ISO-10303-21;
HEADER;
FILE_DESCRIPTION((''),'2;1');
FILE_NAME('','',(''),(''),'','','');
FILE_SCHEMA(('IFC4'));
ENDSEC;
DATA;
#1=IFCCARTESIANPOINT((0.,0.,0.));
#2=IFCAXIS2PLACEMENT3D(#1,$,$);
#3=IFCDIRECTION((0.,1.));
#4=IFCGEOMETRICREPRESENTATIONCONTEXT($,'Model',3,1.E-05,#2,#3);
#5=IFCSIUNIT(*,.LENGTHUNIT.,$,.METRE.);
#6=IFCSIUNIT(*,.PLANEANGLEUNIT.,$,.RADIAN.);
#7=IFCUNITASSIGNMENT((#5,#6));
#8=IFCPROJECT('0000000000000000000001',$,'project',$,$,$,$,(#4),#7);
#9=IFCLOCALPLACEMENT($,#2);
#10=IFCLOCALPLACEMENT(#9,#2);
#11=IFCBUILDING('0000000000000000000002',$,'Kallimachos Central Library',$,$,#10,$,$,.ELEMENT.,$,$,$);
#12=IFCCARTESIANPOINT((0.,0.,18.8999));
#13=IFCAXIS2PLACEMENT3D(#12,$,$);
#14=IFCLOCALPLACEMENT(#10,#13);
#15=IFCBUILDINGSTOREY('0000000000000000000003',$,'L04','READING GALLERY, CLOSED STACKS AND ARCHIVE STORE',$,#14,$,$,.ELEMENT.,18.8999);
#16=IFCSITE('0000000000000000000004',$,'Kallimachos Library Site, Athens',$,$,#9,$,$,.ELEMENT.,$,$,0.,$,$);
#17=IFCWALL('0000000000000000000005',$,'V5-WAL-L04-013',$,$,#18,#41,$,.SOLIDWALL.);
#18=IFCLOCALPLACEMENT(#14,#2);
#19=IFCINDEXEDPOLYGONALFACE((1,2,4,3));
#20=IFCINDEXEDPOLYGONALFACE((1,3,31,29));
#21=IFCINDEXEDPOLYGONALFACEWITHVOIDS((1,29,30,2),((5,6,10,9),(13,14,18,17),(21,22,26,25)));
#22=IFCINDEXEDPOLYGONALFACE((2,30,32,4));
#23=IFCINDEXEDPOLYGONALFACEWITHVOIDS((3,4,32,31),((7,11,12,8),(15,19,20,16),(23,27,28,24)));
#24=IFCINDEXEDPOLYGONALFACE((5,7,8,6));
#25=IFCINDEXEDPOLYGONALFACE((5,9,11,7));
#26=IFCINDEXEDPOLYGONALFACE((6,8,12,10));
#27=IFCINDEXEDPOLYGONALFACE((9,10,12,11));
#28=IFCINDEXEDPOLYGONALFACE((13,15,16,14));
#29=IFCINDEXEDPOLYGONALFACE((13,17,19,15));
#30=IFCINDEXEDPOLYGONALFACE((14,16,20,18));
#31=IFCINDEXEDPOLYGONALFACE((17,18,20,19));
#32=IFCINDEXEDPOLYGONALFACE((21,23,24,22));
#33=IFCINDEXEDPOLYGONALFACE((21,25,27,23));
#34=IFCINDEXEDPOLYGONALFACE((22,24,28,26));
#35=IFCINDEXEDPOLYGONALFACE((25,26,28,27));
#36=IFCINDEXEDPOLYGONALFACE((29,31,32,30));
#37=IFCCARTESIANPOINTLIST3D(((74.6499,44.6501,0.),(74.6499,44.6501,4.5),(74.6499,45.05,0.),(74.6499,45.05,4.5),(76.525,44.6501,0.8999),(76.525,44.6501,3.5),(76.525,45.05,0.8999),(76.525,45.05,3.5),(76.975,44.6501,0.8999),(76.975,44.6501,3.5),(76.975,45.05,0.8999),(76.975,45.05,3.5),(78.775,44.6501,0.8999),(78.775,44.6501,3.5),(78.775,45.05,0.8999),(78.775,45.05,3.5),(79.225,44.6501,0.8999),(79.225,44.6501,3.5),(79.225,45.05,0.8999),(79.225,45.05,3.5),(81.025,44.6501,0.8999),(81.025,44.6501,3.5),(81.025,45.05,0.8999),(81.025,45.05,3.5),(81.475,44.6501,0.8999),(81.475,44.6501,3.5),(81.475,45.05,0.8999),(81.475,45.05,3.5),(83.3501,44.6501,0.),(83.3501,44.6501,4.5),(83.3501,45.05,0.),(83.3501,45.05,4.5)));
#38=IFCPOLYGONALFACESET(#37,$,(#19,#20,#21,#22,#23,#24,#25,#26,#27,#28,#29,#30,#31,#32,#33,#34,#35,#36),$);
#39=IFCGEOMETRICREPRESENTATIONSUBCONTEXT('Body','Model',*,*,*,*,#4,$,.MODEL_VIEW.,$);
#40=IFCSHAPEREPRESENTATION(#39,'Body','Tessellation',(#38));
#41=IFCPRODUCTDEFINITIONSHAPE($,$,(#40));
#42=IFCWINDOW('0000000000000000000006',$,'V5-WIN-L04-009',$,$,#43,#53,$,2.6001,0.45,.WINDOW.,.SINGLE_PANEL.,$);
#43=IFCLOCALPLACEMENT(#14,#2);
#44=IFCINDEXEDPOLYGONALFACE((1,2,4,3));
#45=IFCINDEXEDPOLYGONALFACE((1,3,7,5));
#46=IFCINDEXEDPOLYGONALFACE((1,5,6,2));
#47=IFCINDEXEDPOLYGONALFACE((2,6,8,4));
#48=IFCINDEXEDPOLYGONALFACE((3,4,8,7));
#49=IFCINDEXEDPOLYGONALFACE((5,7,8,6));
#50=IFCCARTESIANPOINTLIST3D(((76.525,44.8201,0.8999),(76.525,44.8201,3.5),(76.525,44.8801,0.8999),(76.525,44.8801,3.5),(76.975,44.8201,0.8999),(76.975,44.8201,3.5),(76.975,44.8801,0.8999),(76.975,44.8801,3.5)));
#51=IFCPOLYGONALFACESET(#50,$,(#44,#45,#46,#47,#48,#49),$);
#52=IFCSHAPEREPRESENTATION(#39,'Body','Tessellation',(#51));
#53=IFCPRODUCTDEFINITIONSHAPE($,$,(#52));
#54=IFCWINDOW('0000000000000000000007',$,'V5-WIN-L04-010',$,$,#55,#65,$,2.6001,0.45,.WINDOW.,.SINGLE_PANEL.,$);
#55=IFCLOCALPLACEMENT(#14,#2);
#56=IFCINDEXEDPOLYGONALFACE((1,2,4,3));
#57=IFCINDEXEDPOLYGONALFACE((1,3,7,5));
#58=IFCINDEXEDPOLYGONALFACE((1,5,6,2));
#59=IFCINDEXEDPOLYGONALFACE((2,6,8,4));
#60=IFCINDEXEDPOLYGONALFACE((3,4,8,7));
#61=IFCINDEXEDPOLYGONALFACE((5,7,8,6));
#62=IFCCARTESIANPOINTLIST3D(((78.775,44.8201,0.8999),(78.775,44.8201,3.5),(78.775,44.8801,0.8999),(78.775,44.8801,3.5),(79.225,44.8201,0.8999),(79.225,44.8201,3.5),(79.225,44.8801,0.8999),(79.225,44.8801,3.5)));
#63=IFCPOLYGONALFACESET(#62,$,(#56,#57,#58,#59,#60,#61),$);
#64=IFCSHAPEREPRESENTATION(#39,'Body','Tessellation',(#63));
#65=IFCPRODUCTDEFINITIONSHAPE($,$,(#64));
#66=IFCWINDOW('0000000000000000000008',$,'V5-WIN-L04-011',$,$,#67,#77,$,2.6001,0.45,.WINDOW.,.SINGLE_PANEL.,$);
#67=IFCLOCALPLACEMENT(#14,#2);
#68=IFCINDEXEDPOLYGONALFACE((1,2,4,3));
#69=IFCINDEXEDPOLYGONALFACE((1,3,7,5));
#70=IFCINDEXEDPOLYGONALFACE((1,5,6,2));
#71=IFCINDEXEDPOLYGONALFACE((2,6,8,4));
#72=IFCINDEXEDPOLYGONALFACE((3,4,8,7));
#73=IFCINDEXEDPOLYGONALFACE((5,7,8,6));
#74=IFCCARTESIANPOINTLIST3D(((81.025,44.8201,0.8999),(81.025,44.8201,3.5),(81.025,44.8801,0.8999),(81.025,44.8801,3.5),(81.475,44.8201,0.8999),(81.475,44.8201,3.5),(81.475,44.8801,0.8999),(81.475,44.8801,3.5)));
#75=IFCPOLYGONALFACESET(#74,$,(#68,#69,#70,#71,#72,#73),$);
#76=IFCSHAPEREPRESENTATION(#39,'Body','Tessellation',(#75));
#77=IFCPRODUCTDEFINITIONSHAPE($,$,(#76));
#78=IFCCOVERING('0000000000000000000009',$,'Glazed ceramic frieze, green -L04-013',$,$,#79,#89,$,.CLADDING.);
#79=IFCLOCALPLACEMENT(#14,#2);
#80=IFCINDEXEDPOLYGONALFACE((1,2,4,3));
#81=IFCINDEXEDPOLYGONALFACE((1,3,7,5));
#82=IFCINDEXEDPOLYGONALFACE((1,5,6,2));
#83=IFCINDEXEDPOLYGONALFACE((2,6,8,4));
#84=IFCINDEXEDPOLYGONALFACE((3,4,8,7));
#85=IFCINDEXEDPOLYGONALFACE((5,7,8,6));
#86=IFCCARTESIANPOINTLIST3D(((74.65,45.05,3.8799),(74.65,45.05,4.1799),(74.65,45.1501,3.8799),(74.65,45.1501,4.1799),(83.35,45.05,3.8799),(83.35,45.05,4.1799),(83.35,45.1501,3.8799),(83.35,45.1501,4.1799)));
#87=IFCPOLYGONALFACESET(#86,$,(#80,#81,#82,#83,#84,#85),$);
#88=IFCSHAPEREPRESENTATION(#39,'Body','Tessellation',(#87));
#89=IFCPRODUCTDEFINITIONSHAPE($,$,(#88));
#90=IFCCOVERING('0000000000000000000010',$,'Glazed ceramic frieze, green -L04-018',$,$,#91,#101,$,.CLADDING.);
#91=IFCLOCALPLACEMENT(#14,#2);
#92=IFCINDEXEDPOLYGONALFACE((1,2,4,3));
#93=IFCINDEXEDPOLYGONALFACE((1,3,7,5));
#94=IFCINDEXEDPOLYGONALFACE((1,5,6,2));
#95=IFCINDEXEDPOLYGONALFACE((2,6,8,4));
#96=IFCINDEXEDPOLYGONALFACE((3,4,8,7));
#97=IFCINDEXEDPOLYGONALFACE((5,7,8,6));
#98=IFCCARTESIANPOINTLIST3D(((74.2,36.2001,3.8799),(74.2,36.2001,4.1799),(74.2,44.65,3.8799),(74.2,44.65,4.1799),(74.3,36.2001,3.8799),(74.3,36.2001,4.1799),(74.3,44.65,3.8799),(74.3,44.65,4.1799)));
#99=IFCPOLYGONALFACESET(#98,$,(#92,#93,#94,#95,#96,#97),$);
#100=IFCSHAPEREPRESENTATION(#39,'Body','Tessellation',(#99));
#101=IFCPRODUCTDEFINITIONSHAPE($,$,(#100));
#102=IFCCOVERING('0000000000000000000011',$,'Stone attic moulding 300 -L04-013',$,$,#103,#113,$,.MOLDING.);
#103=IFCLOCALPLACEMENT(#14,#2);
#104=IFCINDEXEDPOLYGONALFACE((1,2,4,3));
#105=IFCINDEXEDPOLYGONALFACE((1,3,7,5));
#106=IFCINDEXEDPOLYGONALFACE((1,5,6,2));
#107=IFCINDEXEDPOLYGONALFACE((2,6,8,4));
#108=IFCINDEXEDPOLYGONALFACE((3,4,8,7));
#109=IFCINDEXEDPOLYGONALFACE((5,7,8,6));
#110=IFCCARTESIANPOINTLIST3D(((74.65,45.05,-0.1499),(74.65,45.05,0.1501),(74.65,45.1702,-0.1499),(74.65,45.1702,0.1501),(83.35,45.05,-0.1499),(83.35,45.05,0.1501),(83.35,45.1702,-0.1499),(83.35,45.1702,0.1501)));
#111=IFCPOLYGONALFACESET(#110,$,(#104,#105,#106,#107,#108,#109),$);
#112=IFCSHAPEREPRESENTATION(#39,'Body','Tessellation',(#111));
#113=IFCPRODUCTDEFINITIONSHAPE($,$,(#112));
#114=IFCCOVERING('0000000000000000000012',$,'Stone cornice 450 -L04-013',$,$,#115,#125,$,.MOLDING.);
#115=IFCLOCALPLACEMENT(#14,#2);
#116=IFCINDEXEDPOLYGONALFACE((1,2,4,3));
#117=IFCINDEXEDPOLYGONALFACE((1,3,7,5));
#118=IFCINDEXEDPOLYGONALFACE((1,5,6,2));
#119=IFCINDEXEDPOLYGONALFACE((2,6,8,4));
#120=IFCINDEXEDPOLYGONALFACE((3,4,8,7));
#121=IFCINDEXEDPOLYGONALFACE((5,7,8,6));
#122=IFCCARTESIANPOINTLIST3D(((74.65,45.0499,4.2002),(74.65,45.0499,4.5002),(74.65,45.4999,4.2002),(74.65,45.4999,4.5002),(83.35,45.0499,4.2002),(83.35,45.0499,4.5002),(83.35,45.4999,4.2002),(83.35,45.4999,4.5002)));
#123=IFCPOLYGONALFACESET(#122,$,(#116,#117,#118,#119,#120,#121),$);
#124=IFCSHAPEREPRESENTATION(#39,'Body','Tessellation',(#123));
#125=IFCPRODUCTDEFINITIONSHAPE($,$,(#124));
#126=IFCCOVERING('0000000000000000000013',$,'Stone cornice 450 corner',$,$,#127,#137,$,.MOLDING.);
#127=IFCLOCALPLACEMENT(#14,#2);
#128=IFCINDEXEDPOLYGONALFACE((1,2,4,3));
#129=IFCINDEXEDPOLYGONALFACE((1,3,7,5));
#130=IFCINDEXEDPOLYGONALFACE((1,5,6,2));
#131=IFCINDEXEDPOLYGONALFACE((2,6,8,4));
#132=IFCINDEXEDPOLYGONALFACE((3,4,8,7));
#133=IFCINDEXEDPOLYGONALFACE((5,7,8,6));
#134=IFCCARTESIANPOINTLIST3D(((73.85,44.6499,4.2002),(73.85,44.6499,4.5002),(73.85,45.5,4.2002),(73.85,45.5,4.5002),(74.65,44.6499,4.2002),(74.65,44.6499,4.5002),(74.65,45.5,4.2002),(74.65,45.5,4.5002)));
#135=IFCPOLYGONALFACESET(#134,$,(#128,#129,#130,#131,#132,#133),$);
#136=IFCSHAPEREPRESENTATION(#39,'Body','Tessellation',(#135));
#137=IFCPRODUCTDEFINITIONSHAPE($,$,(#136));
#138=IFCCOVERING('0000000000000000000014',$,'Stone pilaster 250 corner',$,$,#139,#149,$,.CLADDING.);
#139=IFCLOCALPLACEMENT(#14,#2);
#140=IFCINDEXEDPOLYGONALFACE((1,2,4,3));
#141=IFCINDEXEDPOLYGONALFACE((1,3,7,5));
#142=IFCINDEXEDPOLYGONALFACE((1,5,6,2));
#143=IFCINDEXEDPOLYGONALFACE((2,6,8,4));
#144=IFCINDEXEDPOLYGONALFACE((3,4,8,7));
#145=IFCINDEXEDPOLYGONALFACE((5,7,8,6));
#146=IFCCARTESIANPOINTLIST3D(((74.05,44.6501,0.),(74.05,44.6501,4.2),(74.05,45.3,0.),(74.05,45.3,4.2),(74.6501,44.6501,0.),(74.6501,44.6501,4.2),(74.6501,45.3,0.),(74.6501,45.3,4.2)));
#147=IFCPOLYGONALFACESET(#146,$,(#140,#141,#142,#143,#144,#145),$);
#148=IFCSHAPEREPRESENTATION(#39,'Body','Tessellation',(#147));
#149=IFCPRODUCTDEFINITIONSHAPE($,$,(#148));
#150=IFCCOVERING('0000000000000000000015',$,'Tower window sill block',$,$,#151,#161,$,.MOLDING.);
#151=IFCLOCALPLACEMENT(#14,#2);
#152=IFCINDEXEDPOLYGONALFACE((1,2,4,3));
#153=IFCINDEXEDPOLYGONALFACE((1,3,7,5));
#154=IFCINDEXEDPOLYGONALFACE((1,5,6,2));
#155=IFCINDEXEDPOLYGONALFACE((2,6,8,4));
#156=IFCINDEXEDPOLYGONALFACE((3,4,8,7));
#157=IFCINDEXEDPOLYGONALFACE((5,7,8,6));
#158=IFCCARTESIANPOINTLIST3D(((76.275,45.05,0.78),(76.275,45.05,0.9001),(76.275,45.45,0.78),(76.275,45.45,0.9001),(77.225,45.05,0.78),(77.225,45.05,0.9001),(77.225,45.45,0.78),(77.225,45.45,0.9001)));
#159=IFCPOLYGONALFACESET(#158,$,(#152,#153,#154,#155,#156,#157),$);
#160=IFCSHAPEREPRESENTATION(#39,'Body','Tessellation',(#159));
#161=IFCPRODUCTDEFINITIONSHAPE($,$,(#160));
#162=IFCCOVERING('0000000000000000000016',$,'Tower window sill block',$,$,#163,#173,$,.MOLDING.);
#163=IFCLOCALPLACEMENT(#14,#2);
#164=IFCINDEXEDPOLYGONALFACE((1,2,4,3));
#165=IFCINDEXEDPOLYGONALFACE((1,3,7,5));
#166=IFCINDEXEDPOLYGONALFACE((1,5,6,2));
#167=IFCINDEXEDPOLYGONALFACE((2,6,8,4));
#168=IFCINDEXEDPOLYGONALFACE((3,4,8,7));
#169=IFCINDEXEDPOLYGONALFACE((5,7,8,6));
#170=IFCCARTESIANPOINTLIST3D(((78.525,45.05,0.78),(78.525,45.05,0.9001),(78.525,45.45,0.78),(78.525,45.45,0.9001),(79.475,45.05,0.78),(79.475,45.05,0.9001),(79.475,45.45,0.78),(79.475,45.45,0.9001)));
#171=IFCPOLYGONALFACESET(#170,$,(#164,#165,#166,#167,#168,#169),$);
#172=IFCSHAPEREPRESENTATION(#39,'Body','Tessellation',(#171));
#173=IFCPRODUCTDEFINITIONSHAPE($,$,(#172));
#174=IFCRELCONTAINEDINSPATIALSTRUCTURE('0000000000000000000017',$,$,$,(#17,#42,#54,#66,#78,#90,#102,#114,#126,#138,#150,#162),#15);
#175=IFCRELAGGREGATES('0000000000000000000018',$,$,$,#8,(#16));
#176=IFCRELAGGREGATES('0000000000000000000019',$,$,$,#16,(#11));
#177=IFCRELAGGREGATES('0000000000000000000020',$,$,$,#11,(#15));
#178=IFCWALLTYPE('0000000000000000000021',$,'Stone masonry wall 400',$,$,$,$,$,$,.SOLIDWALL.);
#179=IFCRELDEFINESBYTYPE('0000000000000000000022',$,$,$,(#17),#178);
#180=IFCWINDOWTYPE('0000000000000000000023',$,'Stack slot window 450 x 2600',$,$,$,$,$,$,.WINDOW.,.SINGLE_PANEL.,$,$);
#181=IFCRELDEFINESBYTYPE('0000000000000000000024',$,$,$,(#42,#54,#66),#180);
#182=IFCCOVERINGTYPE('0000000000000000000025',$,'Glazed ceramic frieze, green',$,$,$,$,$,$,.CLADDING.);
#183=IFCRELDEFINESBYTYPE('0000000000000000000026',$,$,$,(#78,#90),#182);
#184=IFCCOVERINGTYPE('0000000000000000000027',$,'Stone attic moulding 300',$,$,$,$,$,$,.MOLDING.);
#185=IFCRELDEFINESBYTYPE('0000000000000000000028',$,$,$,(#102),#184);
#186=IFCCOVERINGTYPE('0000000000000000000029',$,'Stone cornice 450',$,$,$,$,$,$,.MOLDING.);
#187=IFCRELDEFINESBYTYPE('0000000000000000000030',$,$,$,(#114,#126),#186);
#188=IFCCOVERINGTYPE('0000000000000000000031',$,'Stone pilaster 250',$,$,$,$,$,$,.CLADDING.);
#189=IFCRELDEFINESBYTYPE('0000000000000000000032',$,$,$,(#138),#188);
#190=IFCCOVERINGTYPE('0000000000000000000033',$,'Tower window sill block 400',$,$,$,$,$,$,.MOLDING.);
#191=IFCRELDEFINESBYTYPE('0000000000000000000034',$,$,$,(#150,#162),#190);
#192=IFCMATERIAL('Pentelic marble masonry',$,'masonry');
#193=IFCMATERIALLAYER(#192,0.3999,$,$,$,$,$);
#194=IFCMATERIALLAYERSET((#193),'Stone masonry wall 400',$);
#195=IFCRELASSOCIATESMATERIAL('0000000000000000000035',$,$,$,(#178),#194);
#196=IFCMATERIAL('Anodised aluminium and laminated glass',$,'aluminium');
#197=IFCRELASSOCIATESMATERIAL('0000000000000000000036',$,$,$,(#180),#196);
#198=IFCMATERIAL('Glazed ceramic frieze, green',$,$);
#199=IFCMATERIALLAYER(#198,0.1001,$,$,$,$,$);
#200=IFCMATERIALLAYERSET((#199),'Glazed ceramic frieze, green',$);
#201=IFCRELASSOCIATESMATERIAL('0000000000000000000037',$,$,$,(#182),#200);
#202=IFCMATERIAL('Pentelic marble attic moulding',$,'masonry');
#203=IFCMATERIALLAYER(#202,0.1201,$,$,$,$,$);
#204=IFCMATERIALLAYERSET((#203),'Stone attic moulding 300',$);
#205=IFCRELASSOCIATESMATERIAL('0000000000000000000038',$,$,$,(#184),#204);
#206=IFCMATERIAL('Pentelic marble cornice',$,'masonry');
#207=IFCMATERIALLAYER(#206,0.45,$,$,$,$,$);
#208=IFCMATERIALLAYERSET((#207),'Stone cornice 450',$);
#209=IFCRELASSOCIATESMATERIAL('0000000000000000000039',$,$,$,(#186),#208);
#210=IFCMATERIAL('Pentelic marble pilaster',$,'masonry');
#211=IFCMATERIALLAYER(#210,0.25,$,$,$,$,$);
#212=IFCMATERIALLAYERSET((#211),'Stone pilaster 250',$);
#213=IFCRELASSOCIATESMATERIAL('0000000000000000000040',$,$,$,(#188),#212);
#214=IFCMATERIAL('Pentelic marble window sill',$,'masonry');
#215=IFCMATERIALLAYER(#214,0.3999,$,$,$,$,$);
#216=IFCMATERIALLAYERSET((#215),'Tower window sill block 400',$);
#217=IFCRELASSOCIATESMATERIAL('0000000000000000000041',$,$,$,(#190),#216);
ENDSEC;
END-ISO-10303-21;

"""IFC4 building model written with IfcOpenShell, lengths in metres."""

from ifc_helpers import new_model, si_unit, direction, frame, frame_2d, origin, origin_2d, place, context, subcontext, project, spatial, rectangle, extrude, material, layer, layer_set, type_object, element, fill, save


model = new_model("IFC4")

# Units and contexts
model_context = context("Model", 3, precision=1e-05, world=origin(), true_north=direction((0.0, 1.0)))
body_context = subcontext(model_context, "Body", "Model", "MODEL_VIEW")
ifc_project = project(units=[si_unit("LENGTHUNIT", "METRE"), si_unit("PLANEANGLEUNIT", "RADIAN")], contexts=[model_context])

# Site, building, storey
site_placement = place(None, origin())
site = spatial("IfcSite", under=ifc_project, at=site_placement, Name="Kallimachos Library Site, Athens", CompositionType="ELEMENT", RefElevation=0.0)
building_placement = place(site_placement, origin())
building = spatial("IfcBuilding", under=site, at=building_placement, Name="Kallimachos Central Library", CompositionType="ELEMENT")
storey_placement = place(building_placement, frame((0.0, 0.0, 18.8999)))
storey = spatial("IfcBuildingStorey", under=building, at=storey_placement, Name="L04", Description="READING GALLERY, CLOSED STACKS AND ARCHIVE STORE", CompositionType="ELEMENT", Elevation=18.8999)

# Wall, openings, windows
ifc_material_1 = material(Name="Pentelic marble masonry", Category="masonry")
ifc_layer_1 = layer(ifc_material_1, 0.3999)
ifc_layer_set_1 = layer_set([ifc_layer_1], Name="Stone masonry wall 400")
wall_type = type_object("IfcWallType", Name="Stone masonry wall 400", PredefinedType="SOLIDWALL", material=ifc_layer_set_1)
wall_placement = place(storey_placement, frame((74.6499, 44.8501, 0.0), z_axis=(0.0, 0.0, 1.0), x_axis=(1.0, 0.0, 0.0)))
wall = element("IfcWall", 1, at=wall_placement, inside=storey, type_object=wall_type, Name="V5-WAL-L04-013", PredefinedType="SOLIDWALL", context=body_context, shape_type="SweptSolid", body=[
    extrude(rectangle(XDim=8.7002, YDim=0.3999, at=frame_2d((4.3501, 0.0))), origin(), (0.0, 0.0, 1.0), 4.5),
])
opening_1_placement = place(wall_placement, frame((1.875, 0.0, 0.8999)))
opening_1 = element("IfcOpeningElement", 2, at=opening_1_placement, cuts=wall, PredefinedType="OPENING", context=body_context, shape_type="SweptSolid", body=[
    extrude(rectangle(XDim=0.45, YDim=2.6001, at=frame_2d((0.2251, 1.3))), frame((0.0, 0.21, 0.0), z_axis=(0.0, -1.0, 0.0), x_axis=(1.0, 0.0, 0.0)), (0.0, 0.0, 1.0), 0.4199),
])
opening_2_placement = place(wall_placement, frame((4.125, 0.0, 0.8999)))
opening_2 = element("IfcOpeningElement", 3, at=opening_2_placement, cuts=wall, PredefinedType="OPENING", context=body_context, shape_type="SweptSolid", body=[
    extrude(rectangle(XDim=0.45, YDim=2.6001, at=frame_2d((0.2251, 1.3))), frame((0.0, 0.21, 0.0), z_axis=(0.0, -1.0, 0.0), x_axis=(1.0, 0.0, 0.0)), (0.0, 0.0, 1.0), 0.4199),
])
opening_3_placement = place(wall_placement, frame((6.375, 0.0, 0.8999)))
opening_3 = element("IfcOpeningElement", 4, at=opening_3_placement, cuts=wall, PredefinedType="OPENING", context=body_context, shape_type="SweptSolid", body=[
    extrude(rectangle(XDim=0.45, YDim=2.6001, at=frame_2d((0.2251, 1.3))), frame((0.0, 0.21, 0.0), z_axis=(0.0, -1.0, 0.0), x_axis=(1.0, 0.0, 0.0)), (0.0, 0.0, 1.0), 0.4199),
])
ifc_material_2 = material(Name="Anodised aluminium and laminated glass", Category="aluminium")
window_type = type_object("IfcWindowType", Name="Stack slot window 450 x 2600", PartitioningType="SINGLE_PANEL", PredefinedType="WINDOW", material=ifc_material_2)
window_1_placement = place(opening_1_placement, origin())
window_1 = element("IfcWindow", 5, at=window_1_placement, inside=storey, type_object=window_type, Name="V5-WIN-L04-009", OverallHeight=2.6001, OverallWidth=0.45, PartitioningType="SINGLE_PANEL", PredefinedType="WINDOW", context=body_context, shape_type="SweptSolid", body=[
    extrude(rectangle(XDim=0.45, YDim=2.6001, at=frame_2d((0.2251, 1.3))), frame((0.0, 0.03, 0.0), z_axis=(0.0, -1.0, 0.0), x_axis=(1.0, 0.0, 0.0)), (0.0, 0.0, 1.0), 0.0601),
])
fill(opening_1, window_1)
window_2_placement = place(opening_2_placement, origin())
window_2 = element("IfcWindow", 6, at=window_2_placement, inside=storey, type_object=window_type, Name="V5-WIN-L04-010", OverallHeight=2.6001, OverallWidth=0.45, PartitioningType="SINGLE_PANEL", PredefinedType="WINDOW", context=body_context, shape_type="SweptSolid", body=[
    extrude(rectangle(XDim=0.45, YDim=2.6001, at=frame_2d((0.2251, 1.3))), frame((0.0, 0.03, 0.0), z_axis=(0.0, -1.0, 0.0), x_axis=(1.0, 0.0, 0.0)), (0.0, 0.0, 1.0), 0.0601),
])
fill(opening_2, window_2)
window_3_placement = place(opening_3_placement, origin())
window_3 = element("IfcWindow", 7, at=window_3_placement, inside=storey, type_object=window_type, Name="V5-WIN-L04-011", OverallHeight=2.6001, OverallWidth=0.45, PartitioningType="SINGLE_PANEL", PredefinedType="WINDOW", context=body_context, shape_type="SweptSolid", body=[
    extrude(rectangle(XDim=0.45, YDim=2.6001, at=frame_2d((0.2251, 1.3))), frame((0.0, 0.03, 0.0), z_axis=(0.0, -1.0, 0.0), x_axis=(1.0, 0.0, 0.0)), (0.0, 0.0, 1.0), 0.0601),
])
fill(opening_3, window_3)

# Coverings
ifc_material_3 = material(Name="Glazed ceramic frieze, green")
ifc_layer_2 = layer(ifc_material_3, 0.1001)
ifc_layer_set_2 = layer_set([ifc_layer_2], Name="Glazed ceramic frieze, green")
covering_type_1 = type_object("IfcCoveringType", Name="Glazed ceramic frieze, green", PredefinedType="CLADDING", material=ifc_layer_set_2)
covering_1_placement = place(storey_placement, frame((79.0, 45.1001, 3.8799), z_axis=(0.0, 0.0, 1.0), x_axis=(1.0, 0.0, 0.0)))
element("IfcCovering", 8, at=covering_1_placement, inside=storey, type_object=covering_type_1, Name="Glazed ceramic frieze, green -L04-013", PredefinedType="CLADDING", context=body_context, shape_type="SweptSolid", body=[
    extrude(rectangle(XDim=8.7, YDim=0.1001, at=origin_2d()), origin(), (0.0, 0.0, 1.0), 0.3),
])
covering_2_placement = place(storey_placement, frame((74.25, 40.425, 3.8799), z_axis=(0.0, 0.0, 1.0), x_axis=(1.0, 0.0, 0.0)))
element("IfcCovering", 9, at=covering_2_placement, inside=storey, type_object=covering_type_1, Name="Glazed ceramic frieze, green -L04-018", PredefinedType="CLADDING", context=body_context, shape_type="SweptSolid", body=[
    extrude(rectangle(XDim=0.1001, YDim=8.45, at=origin_2d()), origin(), (0.0, 0.0, 1.0), 0.3),
])
ifc_material_4 = material(Name="Pentelic marble attic moulding", Category="masonry")
ifc_layer_3 = layer(ifc_material_4, 0.1201)
ifc_layer_set_3 = layer_set([ifc_layer_3], Name="Stone attic moulding 300")
covering_type_2 = type_object("IfcCoveringType", Name="Stone attic moulding 300", PredefinedType="MOLDING", material=ifc_layer_set_3)
covering_3_placement = place(storey_placement, frame((79.0, 45.1101, -0.1499), z_axis=(0.0, 0.0, 1.0), x_axis=(1.0, 0.0, 0.0)))
element("IfcCovering", 10, at=covering_3_placement, inside=storey, type_object=covering_type_2, Name="Stone attic moulding 300 -L04-013", PredefinedType="MOLDING", context=body_context, shape_type="SweptSolid", body=[
    extrude(rectangle(XDim=8.7, YDim=0.1201, at=origin_2d()), origin(), (0.0, 0.0, 1.0), 0.3),
])
ifc_material_5 = material(Name="Pentelic marble cornice", Category="masonry")
ifc_layer_4 = layer(ifc_material_5, 0.45)
ifc_layer_set_4 = layer_set([ifc_layer_4], Name="Stone cornice 450")
covering_type_3 = type_object("IfcCoveringType", Name="Stone cornice 450", PredefinedType="MOLDING", material=ifc_layer_set_4)
covering_4_placement = place(storey_placement, frame((79.0, 45.2749, 4.2002), z_axis=(0.0, 0.0, 1.0), x_axis=(1.0, 0.0, 0.0)))
element("IfcCovering", 11, at=covering_4_placement, inside=storey, type_object=covering_type_3, Name="Stone cornice 450 -L04-013", PredefinedType="MOLDING", context=body_context, shape_type="SweptSolid", body=[
    extrude(rectangle(XDim=8.7, YDim=0.45, at=origin_2d()), origin(), (0.0, 0.0, 1.0), 0.3),
])
covering_5_placement = place(storey_placement, frame((74.25, 45.075, 4.2002), z_axis=(0.0, 0.0, 1.0), x_axis=(1.0, 0.0, 0.0)))
element("IfcCovering", 12, at=covering_5_placement, inside=storey, type_object=covering_type_3, Name="Stone cornice 450 corner", PredefinedType="MOLDING", context=body_context, shape_type="SweptSolid", body=[
    extrude(rectangle(XDim=0.8, YDim=0.8501, at=origin_2d()), origin(), (0.0, 0.0, 1.0), 0.3),
])
ifc_material_6 = material(Name="Pentelic marble pilaster", Category="masonry")
ifc_layer_5 = layer(ifc_material_6, 0.25)
ifc_layer_set_5 = layer_set([ifc_layer_5], Name="Stone pilaster 250")
covering_type_4 = type_object("IfcCoveringType", Name="Stone pilaster 250", PredefinedType="CLADDING", material=ifc_layer_set_5)
covering_6_placement = place(storey_placement, frame((74.3501, 44.9751, 0.0), z_axis=(0.0, 0.0, 1.0), x_axis=(1.0, 0.0, 0.0)))
element("IfcCovering", 13, at=covering_6_placement, inside=storey, type_object=covering_type_4, Name="Stone pilaster 250 corner", PredefinedType="CLADDING", context=body_context, shape_type="SweptSolid", body=[
    extrude(rectangle(XDim=0.6001, YDim=0.6499, at=origin_2d()), origin(), (0.0, 0.0, 1.0), 4.2),
])
ifc_material_7 = material(Name="Pentelic marble window sill", Category="masonry")
ifc_layer_6 = layer(ifc_material_7, 0.3999)
ifc_layer_set_6 = layer_set([ifc_layer_6], Name="Tower window sill block 400")
covering_type_5 = type_object("IfcCoveringType", Name="Tower window sill block 400", PredefinedType="MOLDING", material=ifc_layer_set_6)
for number, where, z_axis, x_axis, name in (
    (14, (76.75, 45.25, 0.78), (0.0, 0.0, 1.0), (1.0, 0.0, 0.0), "Tower window sill block"),
    (15, (79.0, 45.25, 0.78), (0.0, 0.0, 1.0), (1.0, 0.0, 0.0), "Tower window sill block"),
):
    element("IfcCovering", number, at=place(storey_placement, frame(where, z_axis=z_axis, x_axis=x_axis)), inside=storey, type_object=covering_type_5, Name=name, PredefinedType="MOLDING", context=body_context, shape_type="SweptSolid", body=[
        extrude(rectangle(XDim=0.95, YDim=0.3999, at=origin_2d()), origin(), (0.0, 0.0, 1.0), 0.1201),
    ])

save(model, "model.ifc")
